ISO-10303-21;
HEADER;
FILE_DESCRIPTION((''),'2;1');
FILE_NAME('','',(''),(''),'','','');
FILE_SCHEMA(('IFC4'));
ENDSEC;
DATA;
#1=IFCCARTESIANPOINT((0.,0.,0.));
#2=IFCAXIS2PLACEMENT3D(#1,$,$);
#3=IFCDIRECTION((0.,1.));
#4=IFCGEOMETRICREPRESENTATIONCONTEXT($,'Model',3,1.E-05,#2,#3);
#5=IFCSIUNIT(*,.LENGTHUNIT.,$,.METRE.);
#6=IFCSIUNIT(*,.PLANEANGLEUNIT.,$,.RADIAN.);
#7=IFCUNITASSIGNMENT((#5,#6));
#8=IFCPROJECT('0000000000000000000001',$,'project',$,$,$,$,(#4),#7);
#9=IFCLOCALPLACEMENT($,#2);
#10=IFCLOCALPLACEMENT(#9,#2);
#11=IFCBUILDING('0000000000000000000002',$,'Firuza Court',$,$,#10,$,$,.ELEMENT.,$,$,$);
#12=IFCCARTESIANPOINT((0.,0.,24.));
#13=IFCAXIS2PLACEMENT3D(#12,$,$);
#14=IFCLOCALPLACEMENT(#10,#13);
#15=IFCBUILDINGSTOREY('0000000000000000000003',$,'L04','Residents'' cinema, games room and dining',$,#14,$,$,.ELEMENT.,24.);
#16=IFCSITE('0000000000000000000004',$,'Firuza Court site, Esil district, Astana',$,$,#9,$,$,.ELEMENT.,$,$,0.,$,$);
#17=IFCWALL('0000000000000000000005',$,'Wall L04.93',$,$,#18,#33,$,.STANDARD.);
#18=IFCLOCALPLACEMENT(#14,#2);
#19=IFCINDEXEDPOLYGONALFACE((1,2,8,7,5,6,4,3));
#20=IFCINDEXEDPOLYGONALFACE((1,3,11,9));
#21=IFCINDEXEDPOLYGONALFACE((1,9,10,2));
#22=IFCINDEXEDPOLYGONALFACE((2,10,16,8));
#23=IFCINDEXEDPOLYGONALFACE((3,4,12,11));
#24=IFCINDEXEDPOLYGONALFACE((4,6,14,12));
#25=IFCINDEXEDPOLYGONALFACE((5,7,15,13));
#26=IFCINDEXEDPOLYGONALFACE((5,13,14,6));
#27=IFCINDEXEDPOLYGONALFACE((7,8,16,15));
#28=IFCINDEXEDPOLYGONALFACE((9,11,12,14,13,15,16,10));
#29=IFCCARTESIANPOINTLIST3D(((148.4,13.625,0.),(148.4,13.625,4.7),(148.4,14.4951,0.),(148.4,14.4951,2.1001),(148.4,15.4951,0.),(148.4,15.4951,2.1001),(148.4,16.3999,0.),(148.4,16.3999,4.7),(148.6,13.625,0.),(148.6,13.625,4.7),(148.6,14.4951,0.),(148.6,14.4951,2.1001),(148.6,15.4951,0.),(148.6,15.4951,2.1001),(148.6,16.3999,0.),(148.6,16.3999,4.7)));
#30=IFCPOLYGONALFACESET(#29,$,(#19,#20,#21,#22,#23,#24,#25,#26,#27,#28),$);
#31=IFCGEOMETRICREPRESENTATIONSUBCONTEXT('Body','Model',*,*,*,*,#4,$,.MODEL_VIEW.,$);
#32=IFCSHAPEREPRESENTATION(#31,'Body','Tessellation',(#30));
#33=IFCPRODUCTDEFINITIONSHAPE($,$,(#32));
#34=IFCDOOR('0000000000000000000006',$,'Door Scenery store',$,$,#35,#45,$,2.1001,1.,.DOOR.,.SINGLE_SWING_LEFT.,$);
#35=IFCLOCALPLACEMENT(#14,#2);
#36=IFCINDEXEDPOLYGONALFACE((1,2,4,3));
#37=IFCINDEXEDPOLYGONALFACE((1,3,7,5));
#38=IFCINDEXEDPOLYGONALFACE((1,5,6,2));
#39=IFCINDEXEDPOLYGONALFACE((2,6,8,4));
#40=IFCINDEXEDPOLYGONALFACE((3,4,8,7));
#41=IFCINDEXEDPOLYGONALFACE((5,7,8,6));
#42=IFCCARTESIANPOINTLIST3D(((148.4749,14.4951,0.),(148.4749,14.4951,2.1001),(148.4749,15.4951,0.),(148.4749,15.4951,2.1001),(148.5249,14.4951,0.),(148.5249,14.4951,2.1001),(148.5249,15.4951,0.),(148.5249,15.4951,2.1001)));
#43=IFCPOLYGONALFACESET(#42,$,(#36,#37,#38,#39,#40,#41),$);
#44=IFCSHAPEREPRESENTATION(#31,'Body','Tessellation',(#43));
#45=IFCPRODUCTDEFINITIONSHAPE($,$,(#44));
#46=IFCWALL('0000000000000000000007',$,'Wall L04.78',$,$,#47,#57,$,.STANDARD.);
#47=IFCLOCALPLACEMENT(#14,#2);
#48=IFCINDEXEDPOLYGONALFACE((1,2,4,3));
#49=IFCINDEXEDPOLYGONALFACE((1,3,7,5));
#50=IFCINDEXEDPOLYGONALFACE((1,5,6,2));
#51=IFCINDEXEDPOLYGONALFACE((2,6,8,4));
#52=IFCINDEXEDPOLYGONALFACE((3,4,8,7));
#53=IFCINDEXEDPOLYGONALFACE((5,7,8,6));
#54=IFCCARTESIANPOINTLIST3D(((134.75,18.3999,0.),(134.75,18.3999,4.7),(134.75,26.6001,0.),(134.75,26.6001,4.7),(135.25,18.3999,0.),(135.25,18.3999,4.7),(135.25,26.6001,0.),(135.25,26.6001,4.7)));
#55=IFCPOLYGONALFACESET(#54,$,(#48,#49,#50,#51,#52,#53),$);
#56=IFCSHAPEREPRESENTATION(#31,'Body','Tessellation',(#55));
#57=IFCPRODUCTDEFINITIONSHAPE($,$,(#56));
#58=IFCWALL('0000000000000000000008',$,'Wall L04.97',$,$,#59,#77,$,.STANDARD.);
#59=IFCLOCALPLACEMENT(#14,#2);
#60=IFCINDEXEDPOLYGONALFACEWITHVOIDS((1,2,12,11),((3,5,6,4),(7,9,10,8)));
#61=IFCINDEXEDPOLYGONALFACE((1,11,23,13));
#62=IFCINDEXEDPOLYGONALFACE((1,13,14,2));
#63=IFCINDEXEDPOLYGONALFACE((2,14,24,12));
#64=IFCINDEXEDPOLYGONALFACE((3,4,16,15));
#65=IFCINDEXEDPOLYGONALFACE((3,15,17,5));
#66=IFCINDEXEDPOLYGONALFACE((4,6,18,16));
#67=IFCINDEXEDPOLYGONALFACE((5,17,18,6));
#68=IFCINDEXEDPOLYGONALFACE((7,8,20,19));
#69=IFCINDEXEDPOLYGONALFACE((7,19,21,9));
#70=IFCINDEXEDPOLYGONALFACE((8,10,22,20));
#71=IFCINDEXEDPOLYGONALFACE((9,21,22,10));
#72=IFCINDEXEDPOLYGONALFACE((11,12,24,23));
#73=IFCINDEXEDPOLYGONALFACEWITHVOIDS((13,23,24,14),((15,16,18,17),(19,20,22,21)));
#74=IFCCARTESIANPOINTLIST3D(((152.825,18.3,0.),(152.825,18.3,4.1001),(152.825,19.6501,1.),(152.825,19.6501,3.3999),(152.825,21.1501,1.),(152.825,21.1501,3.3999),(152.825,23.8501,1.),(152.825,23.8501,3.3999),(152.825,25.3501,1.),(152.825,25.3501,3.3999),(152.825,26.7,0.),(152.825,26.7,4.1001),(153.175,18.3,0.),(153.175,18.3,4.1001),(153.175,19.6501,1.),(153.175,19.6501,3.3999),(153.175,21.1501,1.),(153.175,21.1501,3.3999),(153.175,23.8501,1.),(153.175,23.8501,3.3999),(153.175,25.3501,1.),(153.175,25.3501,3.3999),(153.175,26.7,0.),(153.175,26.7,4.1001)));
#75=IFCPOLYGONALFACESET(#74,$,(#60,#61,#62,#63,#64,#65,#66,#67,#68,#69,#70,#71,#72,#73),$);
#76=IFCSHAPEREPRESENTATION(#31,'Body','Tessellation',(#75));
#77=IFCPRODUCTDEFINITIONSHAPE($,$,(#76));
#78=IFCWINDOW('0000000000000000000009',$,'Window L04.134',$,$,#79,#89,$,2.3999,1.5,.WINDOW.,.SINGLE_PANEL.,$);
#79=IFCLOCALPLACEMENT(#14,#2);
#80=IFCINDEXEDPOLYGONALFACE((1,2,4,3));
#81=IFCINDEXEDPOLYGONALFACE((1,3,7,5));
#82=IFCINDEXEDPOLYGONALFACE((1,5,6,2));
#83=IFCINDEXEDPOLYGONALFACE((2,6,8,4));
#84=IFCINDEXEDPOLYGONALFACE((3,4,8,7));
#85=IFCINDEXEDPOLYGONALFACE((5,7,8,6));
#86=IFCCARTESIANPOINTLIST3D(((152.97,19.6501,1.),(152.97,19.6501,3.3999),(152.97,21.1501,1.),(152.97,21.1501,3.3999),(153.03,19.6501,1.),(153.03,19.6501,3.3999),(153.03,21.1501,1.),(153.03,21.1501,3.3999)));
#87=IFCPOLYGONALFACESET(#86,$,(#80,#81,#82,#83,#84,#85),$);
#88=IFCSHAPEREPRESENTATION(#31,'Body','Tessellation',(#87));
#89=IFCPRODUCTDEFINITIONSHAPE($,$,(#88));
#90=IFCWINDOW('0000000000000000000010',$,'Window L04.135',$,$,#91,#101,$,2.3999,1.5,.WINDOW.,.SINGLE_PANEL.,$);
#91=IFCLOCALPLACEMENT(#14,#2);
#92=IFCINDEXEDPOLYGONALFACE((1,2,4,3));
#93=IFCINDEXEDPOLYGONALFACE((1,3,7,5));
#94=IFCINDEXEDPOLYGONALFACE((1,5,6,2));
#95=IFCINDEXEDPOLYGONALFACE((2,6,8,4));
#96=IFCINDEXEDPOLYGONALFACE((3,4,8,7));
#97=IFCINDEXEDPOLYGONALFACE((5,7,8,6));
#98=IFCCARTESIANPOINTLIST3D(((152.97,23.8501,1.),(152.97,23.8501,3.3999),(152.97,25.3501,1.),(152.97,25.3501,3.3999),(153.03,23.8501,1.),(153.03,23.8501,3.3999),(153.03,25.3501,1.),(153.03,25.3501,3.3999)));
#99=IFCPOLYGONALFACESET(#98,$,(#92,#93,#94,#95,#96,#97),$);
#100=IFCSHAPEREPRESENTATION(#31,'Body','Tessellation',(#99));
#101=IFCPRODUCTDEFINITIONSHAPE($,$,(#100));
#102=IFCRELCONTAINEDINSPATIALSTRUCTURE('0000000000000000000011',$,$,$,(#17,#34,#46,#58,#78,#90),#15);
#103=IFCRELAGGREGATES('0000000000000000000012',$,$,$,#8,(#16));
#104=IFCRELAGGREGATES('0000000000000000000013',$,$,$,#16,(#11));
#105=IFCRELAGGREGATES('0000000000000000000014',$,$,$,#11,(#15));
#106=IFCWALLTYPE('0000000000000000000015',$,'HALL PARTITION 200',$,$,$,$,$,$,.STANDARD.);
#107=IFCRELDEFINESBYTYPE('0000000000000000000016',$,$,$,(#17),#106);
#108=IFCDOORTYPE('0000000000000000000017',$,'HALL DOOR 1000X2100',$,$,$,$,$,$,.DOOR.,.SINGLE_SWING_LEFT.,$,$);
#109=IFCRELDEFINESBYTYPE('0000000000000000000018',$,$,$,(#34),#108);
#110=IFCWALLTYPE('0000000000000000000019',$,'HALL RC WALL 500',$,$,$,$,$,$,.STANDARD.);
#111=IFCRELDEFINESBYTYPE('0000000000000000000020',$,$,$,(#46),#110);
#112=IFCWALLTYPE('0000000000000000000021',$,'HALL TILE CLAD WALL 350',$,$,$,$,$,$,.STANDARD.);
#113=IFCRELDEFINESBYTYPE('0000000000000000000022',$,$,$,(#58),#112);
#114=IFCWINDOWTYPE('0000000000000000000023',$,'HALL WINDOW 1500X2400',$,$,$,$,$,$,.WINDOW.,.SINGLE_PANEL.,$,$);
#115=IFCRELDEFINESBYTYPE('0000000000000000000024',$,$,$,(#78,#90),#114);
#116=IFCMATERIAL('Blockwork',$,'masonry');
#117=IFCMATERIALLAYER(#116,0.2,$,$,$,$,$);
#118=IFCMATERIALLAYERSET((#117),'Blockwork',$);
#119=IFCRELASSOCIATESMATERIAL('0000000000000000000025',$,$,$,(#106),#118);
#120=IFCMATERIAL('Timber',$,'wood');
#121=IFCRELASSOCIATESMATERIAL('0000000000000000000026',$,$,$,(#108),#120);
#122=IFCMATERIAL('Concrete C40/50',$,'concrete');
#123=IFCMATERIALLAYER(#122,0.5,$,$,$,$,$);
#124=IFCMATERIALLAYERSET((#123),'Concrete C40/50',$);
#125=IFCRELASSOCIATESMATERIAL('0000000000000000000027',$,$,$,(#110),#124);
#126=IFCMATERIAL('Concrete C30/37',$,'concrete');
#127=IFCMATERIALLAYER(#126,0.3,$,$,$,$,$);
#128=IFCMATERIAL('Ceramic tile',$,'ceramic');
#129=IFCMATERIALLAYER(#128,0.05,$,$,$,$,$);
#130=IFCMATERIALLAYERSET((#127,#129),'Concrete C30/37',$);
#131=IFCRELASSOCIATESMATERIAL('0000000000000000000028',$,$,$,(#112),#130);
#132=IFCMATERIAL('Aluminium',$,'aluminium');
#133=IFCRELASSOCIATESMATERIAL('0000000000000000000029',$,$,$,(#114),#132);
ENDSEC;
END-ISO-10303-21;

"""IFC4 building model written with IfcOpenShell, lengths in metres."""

from ifc_helpers import new_model, si_unit, direction, frame, frame_2d, origin, place, context, subcontext, project, spatial, rectangle, extrude, material, layer, layer_set, type_object, element, fill, save


model = new_model("IFC4")

# Units and contexts
model_context = context("Model", 3, precision=1e-05, world=origin(), true_north=direction((0.0, 1.0)))
body_context = subcontext(model_context, "Body", "Model", "MODEL_VIEW")
ifc_project = project(units=[si_unit("LENGTHUNIT", "METRE"), si_unit("PLANEANGLEUNIT", "RADIAN")], contexts=[model_context])

# Site, building, storey
site_placement = place(None, origin())
site = spatial("IfcSite", under=ifc_project, at=site_placement, Name="Firuza Court site, Esil district, Astana", CompositionType="ELEMENT", RefElevation=0.0)
building_placement = place(site_placement, origin())
building = spatial("IfcBuilding", under=site, at=building_placement, Name="Firuza Court", CompositionType="ELEMENT")
storey_placement = place(building_placement, frame((0.0, 0.0, 24.0)))
storey = spatial("IfcBuildingStorey", under=building, at=storey_placement, Name="L04", Description="Residents' cinema, games room and dining", CompositionType="ELEMENT", Elevation=24.0)

# Shared definitions
ifc_material_1 = material(Name="Blockwork", Category="masonry")
ifc_layer_1 = layer(ifc_material_1, 0.2)
ifc_layer_set_1 = layer_set([ifc_layer_1], Name="Blockwork")
wall_type_1 = type_object("IfcWallType", Name="HALL PARTITION 200", PredefinedType="STANDARD", material=ifc_layer_set_1)

# Wall, opening, door
wall_1_placement = place(storey_placement, frame((148.5, 13.625, 0.0), z_axis=(0.0, 0.0, 1.0), x_axis=(0.0, 1.0, 0.0)))
wall_1 = element("IfcWall", 1, at=wall_1_placement, inside=storey, type_object=wall_type_1, Name="Wall L04.93", PredefinedType="STANDARD", context=body_context, shape_type="SweptSolid", body=[
    extrude(rectangle(XDim=2.7749, YDim=0.2, at=frame_2d((1.3875, 0.0))), origin(), (0.0, 0.0, 1.0), 4.7),
])
opening_1_placement = place(wall_1_placement, frame((0.8701, 0.0, 0.0)))
opening_1 = element("IfcOpeningElement", 2, at=opening_1_placement, cuts=wall_1, PredefinedType="OPENING", context=body_context, shape_type="SweptSolid", body=[
    extrude(rectangle(XDim=1.0, YDim=2.1001, at=frame_2d((0.5, 1.05))), frame((0.0, 0.1118, 0.0), z_axis=(0.0, -1.0, 0.0), x_axis=(1.0, 0.0, 0.0)), (0.0, 0.0, 1.0), 0.2239),
])
ifc_material_2 = material(Name="Timber", Category="wood")
door_type_1 = type_object("IfcDoorType", Name="HALL DOOR 1000X2100", OperationType="SINGLE_SWING_LEFT", PredefinedType="DOOR", material=ifc_material_2)
door_1_placement = place(opening_1_placement, frame((1.0, 0.0, 0.0), z_axis=(0.0, 0.0, 1.0), x_axis=(-1.0, 0.0, 0.0)))
door_1 = element("IfcDoor", 3, at=door_1_placement, inside=storey, type_object=door_type_1, Name="Door Scenery store", OperationType="SINGLE_SWING_LEFT", OverallHeight=2.1001, OverallWidth=1.0, PredefinedType="DOOR", context=body_context, shape_type="SweptSolid", body=[
    extrude(rectangle(XDim=1.0, YDim=2.1001, at=frame_2d((0.5, 1.05))), frame((0.0, 0.0249, 0.0), z_axis=(0.0, -1.0, 0.0), x_axis=(1.0, 0.0, 0.0)), (0.0, 0.0, 1.0), 0.05),
])
fill(opening_1, door_1)

# Wall
ifc_material_3 = material(Name="Concrete C40/50", Category="concrete")
ifc_layer_2 = layer(ifc_material_3, 0.5)
ifc_layer_set_2 = layer_set([ifc_layer_2], Name="Concrete C40/50")
wall_type_2 = type_object("IfcWallType", Name="HALL RC WALL 500", PredefinedType="STANDARD", material=ifc_layer_set_2)
wall_2_placement = place(storey_placement, frame((135.0, 18.3999, 0.0), z_axis=(0.0, 0.0, 1.0), x_axis=(0.0, 1.0, 0.0)))
element("IfcWall", 4, at=wall_2_placement, inside=storey, type_object=wall_type_2, Name="Wall L04.78", PredefinedType="STANDARD", context=body_context, shape_type="SweptSolid", body=[
    extrude(rectangle(XDim=8.2002, YDim=0.5, at=frame_2d((4.1001, 0.0))), origin(), (0.0, 0.0, 1.0), 4.7),
])

# Wall, openings, windows
ifc_material_4 = material(Name="Concrete C30/37", Category="concrete")
ifc_layer_3 = layer(ifc_material_4, 0.3)
ifc_material_5 = material(Name="Ceramic tile", Category="ceramic")
ifc_layer_4 = layer(ifc_material_5, 0.05)
ifc_layer_set_3 = layer_set([ifc_layer_3, ifc_layer_4], Name="Concrete C30/37")
wall_type_3 = type_object("IfcWallType", Name="HALL TILE CLAD WALL 350", PredefinedType="STANDARD", material=ifc_layer_set_3)
wall_3_placement = place(storey_placement, frame((153.0, 18.3, 0.0), z_axis=(0.0, 0.0, 1.0), x_axis=(0.0, 1.0, 0.0)))
wall_3 = element("IfcWall", 5, at=wall_3_placement, inside=storey, type_object=wall_type_3, Name="Wall L04.97", PredefinedType="STANDARD", context=body_context, shape_type="SweptSolid", body=[
    extrude(rectangle(XDim=8.3999, YDim=0.3501, at=frame_2d((4.2, 0.0))), origin(), (0.0, 0.0, 1.0), 4.1001),
])
opening_2_placement = place(wall_3_placement, frame((1.3501, 0.0, 1.0)))
opening_2 = element("IfcOpeningElement", 6, at=opening_2_placement, cuts=wall_3, PredefinedType="OPENING", context=body_context, shape_type="SweptSolid", body=[
    extrude(rectangle(XDim=1.5, YDim=2.3999, at=frame_2d((0.75, 1.2))), frame((0.0, 0.187, 0.0), z_axis=(0.0, -1.0, 0.0), x_axis=(1.0, 0.0, 0.0)), (0.0, 0.0, 1.0), 0.374),
])
opening_3_placement = place(wall_3_placement, frame((5.55, 0.0, 1.0)))
opening_3 = element("IfcOpeningElement", 7, at=opening_3_placement, cuts=wall_3, PredefinedType="OPENING", context=body_context, shape_type="SweptSolid", body=[
    extrude(rectangle(XDim=1.5, YDim=2.3999, at=frame_2d((0.75, 1.2))), frame((0.0, 0.187, 0.0), z_axis=(0.0, -1.0, 0.0), x_axis=(1.0, 0.0, 0.0)), (0.0, 0.0, 1.0), 0.374),
])
ifc_material_6 = material(Name="Aluminium", Category="aluminium")
window_type = type_object("IfcWindowType", Name="HALL WINDOW 1500X2400", PartitioningType="SINGLE_PANEL", PredefinedType="WINDOW", material=ifc_material_6)
window_1_placement = place(opening_2_placement, origin())
window_1 = element("IfcWindow", 8, at=window_1_placement, inside=storey, type_object=window_type, Name="Window L04.134", OverallHeight=2.3999, OverallWidth=1.5, PartitioningType="SINGLE_PANEL", PredefinedType="WINDOW", context=body_context, shape_type="SweptSolid", body=[
    extrude(rectangle(XDim=1.5, YDim=2.3999, at=frame_2d((0.75, 1.2))), frame((0.0, 0.03, 0.0), z_axis=(0.0, -1.0, 0.0), x_axis=(1.0, 0.0, 0.0)), (0.0, 0.0, 1.0), 0.0601),
])
fill(opening_2, window_1)
window_2_placement = place(opening_3_placement, origin())
window_2 = element("IfcWindow", 9, at=window_2_placement, inside=storey, type_object=window_type, Name="Window L04.135", OverallHeight=2.3999, OverallWidth=1.5, PartitioningType="SINGLE_PANEL", PredefinedType="WINDOW", context=body_context, shape_type="SweptSolid", body=[
    extrude(rectangle(XDim=1.5, YDim=2.3999, at=frame_2d((0.75, 1.2))), frame((0.0, 0.03, 0.0), z_axis=(0.0, -1.0, 0.0), x_axis=(1.0, 0.0, 0.0)), (0.0, 0.0, 1.0), 0.0601),
])
fill(opening_3, window_2)

save(model, "model.ifc")
